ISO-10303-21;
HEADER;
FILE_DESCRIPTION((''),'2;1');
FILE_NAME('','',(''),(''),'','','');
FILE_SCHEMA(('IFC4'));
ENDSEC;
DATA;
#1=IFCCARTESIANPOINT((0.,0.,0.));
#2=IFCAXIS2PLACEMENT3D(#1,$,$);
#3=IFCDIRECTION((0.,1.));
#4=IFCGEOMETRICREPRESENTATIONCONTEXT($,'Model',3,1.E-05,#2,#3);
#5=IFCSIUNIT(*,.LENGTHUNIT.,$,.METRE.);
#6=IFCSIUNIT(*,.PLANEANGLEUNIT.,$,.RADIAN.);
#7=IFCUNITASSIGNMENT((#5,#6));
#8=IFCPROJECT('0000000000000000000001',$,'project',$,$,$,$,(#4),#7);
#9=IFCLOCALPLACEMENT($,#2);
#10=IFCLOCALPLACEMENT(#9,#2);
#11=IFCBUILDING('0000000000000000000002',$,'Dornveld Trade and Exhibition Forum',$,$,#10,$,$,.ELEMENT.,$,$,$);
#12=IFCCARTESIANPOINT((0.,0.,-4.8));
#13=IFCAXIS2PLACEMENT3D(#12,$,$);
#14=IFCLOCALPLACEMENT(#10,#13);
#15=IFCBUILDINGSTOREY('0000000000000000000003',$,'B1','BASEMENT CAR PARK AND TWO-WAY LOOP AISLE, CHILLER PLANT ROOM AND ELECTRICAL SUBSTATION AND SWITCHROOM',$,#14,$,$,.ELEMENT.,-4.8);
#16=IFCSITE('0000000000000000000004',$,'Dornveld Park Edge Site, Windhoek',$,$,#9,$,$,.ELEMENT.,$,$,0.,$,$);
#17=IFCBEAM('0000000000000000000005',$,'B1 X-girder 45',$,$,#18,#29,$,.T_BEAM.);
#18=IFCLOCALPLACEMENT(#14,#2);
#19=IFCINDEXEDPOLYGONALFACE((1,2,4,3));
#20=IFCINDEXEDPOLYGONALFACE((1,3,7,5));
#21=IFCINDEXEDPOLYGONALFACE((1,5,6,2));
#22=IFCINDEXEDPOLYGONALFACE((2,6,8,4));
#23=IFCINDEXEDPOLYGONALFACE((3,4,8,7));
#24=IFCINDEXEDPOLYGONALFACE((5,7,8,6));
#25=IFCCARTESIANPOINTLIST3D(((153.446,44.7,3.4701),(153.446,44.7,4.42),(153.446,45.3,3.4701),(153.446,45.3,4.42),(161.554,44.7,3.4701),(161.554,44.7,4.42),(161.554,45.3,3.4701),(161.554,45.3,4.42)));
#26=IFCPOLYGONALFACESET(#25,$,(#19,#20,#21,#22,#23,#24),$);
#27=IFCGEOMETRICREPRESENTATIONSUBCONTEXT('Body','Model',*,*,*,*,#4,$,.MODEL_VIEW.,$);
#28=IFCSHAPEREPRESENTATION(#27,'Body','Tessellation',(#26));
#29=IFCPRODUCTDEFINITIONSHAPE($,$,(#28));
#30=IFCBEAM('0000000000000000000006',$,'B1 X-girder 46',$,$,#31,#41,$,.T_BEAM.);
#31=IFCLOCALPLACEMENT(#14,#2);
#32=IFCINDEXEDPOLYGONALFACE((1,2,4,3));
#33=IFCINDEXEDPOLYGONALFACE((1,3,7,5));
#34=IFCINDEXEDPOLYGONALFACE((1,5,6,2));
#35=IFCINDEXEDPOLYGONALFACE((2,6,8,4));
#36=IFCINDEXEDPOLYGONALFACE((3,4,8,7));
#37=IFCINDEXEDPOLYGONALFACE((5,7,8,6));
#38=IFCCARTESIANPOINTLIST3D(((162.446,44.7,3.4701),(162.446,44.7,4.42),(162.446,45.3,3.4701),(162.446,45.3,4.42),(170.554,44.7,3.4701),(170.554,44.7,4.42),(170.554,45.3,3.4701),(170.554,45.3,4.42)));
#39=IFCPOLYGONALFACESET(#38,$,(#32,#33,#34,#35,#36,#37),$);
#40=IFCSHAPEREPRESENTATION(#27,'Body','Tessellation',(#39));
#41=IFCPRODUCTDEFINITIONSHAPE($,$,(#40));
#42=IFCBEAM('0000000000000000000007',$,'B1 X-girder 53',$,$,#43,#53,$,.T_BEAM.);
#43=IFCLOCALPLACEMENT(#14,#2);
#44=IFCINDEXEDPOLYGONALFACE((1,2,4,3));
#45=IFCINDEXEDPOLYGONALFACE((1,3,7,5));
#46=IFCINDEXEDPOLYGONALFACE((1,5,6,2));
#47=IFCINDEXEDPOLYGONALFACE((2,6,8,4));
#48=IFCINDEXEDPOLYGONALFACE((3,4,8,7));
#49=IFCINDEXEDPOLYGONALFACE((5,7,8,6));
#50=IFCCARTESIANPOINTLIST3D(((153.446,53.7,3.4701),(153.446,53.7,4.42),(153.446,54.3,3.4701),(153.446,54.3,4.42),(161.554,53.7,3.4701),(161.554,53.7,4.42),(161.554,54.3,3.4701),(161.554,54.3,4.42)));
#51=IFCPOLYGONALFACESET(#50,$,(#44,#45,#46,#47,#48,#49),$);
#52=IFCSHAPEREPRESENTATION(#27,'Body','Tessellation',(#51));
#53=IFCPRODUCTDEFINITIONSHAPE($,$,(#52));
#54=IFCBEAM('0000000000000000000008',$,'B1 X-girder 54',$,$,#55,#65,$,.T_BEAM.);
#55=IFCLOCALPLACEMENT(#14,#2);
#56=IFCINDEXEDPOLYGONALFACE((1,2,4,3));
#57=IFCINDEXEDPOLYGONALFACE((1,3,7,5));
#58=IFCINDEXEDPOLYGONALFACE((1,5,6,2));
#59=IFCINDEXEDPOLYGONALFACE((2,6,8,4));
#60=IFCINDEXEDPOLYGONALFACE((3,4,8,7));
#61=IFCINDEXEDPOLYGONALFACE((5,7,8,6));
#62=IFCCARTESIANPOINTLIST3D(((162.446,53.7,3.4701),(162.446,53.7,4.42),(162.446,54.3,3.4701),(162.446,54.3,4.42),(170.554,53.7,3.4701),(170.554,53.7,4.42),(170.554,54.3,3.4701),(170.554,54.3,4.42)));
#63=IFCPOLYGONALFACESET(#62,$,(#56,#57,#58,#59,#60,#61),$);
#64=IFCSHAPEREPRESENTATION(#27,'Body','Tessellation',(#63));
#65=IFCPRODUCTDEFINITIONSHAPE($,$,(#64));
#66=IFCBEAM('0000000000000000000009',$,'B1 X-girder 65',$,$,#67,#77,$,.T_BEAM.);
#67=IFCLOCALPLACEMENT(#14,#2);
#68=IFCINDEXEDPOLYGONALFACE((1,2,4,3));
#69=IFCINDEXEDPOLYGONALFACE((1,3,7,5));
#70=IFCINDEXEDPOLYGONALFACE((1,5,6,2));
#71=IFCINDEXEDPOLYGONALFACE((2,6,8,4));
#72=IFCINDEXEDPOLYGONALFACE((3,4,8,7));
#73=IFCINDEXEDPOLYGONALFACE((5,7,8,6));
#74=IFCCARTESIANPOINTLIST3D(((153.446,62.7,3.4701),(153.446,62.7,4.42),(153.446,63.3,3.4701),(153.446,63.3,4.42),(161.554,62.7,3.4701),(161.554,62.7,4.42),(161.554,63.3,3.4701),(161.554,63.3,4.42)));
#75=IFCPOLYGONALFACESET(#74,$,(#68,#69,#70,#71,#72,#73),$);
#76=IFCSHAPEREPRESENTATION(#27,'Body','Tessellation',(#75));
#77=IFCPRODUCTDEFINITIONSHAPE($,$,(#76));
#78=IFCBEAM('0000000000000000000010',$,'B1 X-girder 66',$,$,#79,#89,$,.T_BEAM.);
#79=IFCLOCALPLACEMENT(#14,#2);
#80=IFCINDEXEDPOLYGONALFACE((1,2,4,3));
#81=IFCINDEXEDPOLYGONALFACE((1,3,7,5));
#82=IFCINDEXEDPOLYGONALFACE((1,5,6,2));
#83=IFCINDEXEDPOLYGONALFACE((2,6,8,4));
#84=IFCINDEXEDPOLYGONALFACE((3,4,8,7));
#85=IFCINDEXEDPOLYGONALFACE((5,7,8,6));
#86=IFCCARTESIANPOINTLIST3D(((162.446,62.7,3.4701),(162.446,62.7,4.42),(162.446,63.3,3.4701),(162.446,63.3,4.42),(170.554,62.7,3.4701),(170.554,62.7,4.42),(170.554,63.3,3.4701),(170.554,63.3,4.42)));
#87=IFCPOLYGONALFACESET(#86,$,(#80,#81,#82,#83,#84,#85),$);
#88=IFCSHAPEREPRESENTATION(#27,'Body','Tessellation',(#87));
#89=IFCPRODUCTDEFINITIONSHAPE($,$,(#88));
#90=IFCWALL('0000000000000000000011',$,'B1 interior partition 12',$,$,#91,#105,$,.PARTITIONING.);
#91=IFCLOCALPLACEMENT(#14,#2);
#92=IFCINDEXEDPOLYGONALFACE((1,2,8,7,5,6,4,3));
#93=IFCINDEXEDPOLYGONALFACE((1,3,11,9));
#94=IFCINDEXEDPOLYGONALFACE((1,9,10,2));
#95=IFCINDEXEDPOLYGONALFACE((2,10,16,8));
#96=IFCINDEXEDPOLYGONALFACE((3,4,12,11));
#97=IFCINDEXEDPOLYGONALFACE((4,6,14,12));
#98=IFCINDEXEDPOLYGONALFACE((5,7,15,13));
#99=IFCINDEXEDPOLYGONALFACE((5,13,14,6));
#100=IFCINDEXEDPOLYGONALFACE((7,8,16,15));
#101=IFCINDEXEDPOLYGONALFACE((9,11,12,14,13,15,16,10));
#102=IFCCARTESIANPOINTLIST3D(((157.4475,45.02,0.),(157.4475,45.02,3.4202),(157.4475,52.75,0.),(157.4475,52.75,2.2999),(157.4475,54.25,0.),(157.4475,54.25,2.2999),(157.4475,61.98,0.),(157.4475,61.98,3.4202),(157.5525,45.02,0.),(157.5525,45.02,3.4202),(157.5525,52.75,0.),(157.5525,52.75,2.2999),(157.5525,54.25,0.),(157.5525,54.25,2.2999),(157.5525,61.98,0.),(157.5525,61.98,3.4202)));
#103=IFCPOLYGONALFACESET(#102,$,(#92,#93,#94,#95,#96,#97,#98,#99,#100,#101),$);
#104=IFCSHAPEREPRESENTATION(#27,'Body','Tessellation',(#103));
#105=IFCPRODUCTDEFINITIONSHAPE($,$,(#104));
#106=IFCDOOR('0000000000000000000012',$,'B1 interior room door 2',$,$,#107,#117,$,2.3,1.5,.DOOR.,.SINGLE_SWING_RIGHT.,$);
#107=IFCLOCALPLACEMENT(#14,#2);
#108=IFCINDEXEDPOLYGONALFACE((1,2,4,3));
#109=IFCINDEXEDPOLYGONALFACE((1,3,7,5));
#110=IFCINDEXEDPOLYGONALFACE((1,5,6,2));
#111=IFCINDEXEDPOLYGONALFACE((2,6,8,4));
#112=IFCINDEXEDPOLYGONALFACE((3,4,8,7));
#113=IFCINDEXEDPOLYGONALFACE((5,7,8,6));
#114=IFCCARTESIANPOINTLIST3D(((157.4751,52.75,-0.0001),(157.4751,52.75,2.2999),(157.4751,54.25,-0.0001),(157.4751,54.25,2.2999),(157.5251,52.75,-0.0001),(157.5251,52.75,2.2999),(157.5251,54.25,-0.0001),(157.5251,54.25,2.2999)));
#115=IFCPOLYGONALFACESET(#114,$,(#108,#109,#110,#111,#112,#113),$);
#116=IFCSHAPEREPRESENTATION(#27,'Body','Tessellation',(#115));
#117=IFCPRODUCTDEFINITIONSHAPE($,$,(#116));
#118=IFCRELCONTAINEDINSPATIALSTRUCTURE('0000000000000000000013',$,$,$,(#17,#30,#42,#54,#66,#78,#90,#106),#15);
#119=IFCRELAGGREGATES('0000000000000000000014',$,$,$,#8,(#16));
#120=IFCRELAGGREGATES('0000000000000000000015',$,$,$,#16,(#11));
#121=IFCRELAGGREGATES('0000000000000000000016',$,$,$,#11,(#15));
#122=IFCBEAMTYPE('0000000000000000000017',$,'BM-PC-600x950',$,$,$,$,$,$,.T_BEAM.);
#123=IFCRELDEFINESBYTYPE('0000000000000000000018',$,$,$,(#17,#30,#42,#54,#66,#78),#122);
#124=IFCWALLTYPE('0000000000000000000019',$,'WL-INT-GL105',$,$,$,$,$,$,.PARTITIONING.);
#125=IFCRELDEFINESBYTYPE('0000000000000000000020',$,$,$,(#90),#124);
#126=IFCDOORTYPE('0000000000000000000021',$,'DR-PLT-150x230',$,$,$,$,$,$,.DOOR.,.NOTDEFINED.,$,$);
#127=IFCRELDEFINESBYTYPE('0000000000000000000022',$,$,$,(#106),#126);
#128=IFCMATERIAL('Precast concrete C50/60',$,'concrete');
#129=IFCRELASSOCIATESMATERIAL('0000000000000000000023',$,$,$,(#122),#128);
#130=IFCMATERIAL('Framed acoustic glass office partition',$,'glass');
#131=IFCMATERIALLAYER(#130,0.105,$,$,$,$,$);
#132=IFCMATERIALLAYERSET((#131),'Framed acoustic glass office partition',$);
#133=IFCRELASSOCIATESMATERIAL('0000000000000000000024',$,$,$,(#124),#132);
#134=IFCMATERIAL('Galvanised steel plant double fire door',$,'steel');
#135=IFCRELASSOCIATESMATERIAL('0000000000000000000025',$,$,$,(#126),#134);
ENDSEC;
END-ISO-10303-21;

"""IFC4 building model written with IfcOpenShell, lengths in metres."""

from ifc_helpers import new_model, si_unit, direction, frame, frame_2d, origin, origin_2d, place, context, subcontext, project, spatial, rectangle, extrude, material, layer, layer_set, material_profile, profile_set, type_object, element, fill, save


model = new_model("IFC4")

# Units and contexts
model_context = context("Model", 3, precision=1e-05, world=origin(), true_north=direction((0.0, 1.0)))
body_context = subcontext(model_context, "Body", "Model", "MODEL_VIEW")
ifc_project = project(units=[si_unit("LENGTHUNIT", "METRE"), si_unit("PLANEANGLEUNIT", "RADIAN")], contexts=[model_context])

# Site, building, storey
site_placement = place(None, origin())
site = spatial("IfcSite", under=ifc_project, at=site_placement, Name="Dornveld Park Edge Site, Windhoek", CompositionType="ELEMENT", RefElevation=0.0)
building_placement = place(site_placement, origin())
building = spatial("IfcBuilding", under=site, at=building_placement, Name="Dornveld Trade and Exhibition Forum", CompositionType="ELEMENT")
storey_placement = place(building_placement, frame((0.0, 0.0, -4.8)))
storey = spatial("IfcBuildingStorey", under=building, at=storey_placement, Name="B1", Description="BASEMENT CAR PARK AND TWO-WAY LOOP AISLE, CHILLER PLANT ROOM AND ELECTRICAL SUBSTATION AND SWITCHROOM", CompositionType="ELEMENT", Elevation=-4.8)

# Beams
ifc_material_1 = material(Name="Precast concrete C50/60", Category="concrete")
ifc_material_profile_1 = material_profile(ifc_material_1, rectangle(XDim=0.6001, YDim=0.95, at=origin_2d()), Name="PC-GIR 600x950")
ifc_profile_set_1 = profile_set([ifc_material_profile_1], Name="Precast concrete C50/60")
beam_type_1 = type_object("IfcBeamType", Name="BM-PC-600x950", PredefinedType="T_BEAM", material=ifc_profile_set_1)
for number, where, z_axis, x_axis, name in (
    (1, (153.446, 45.0, 3.9451), (1.0, 0.0, 0.0), (0.0, 1.0, 0.0), "B1 X-girder 45"),
    (2, (162.446, 45.0, 3.9451), (1.0, 0.0, 0.0), (0.0, 1.0, 0.0), "B1 X-girder 46"),
    (3, (153.446, 54.0, 3.9451), (1.0, 0.0, 0.0), (0.0, 1.0, 0.0), "B1 X-girder 53"),
    (4, (162.446, 54.0, 3.9451), (1.0, 0.0, 0.0), (0.0, 1.0, 0.0), "B1 X-girder 54"),
    (5, (153.446, 63.0, 3.9451), (1.0, 0.0, 0.0), (0.0, 1.0, 0.0), "B1 X-girder 65"),
    (6, (162.446, 63.0, 3.9451), (1.0, 0.0, 0.0), (0.0, 1.0, 0.0), "B1 X-girder 66"),
):
    element("IfcBeam", number, at=place(storey_placement, frame(where, z_axis=z_axis, x_axis=x_axis)), inside=storey, type_object=beam_type_1, Name=name, PredefinedType="T_BEAM", context=body_context, shape_type="SweptSolid", body=[
        extrude(rectangle(XDim=0.6001, YDim=0.95, at=origin_2d()), origin(), (0.0, 0.0, 1.0), 8.1079),
    ])

# Wall, opening, door
ifc_material_2 = material(Name="Framed acoustic glass office partition", Category="glass")
ifc_layer = layer(ifc_material_2, 0.105)
ifc_layer_set = layer_set([ifc_layer], Name="Framed acoustic glass office partition")
wall_type = type_object("IfcWallType", Name="WL-INT-GL105", PredefinedType="PARTITIONING", material=ifc_layer_set)
wall_placement = place(storey_placement, frame((157.5, 45.02, 0.0), z_axis=(0.0, 0.0, 1.0), x_axis=(0.0, 1.0, 0.0)))
wall = element("IfcWall", 7, at=wall_placement, inside=storey, type_object=wall_type, Name="B1 interior partition 12", PredefinedType="PARTITIONING", context=body_context, shape_type="SweptSolid", body=[
    extrude(rectangle(XDim=16.96, YDim=0.105, at=frame_2d((8.48, 0.0))), origin(), (0.0, 0.0, 1.0), 3.4202),
])
opening_placement = place(wall_placement, frame((7.73, 0.0, 0.0)))
opening = element("IfcOpeningElement", 8, at=opening_placement, cuts=wall, PredefinedType="OPENING", context=body_context, shape_type="SweptSolid", body=[
    extrude(rectangle(XDim=1.5, YDim=2.3, at=frame_2d((0.75, 1.1499))), frame((0.0, 0.0625, 0.0), z_axis=(0.0, -1.0, 0.0), x_axis=(1.0, 0.0, 0.0)), (0.0, 0.0, 1.0), 0.125),
])
ifc_material_3 = material(Name="Galvanised steel plant double fire door", Category="steel")
door_type = type_object("IfcDoorType", Name="DR-PLT-150x230", OperationType="NOTDEFINED", PredefinedType="DOOR", material=ifc_material_3)
door_placement = place(opening_placement, origin())
door = element("IfcDoor", 9, at=door_placement, inside=storey, type_object=door_type, Name="B1 interior room door 2", OperationType="SINGLE_SWING_RIGHT", OverallHeight=2.3, OverallWidth=1.5, PredefinedType="DOOR", context=body_context, shape_type="SweptSolid", body=[
    extrude(rectangle(XDim=1.5, YDim=2.3, at=frame_2d((0.75, 1.1499))), frame((0.0, 0.0249, 0.0), z_axis=(0.0, -1.0, 0.0), x_axis=(1.0, 0.0, 0.0)), (0.0, 0.0, 1.0), 0.05),
])
fill(opening, door)

save(model, "model.ifc")
